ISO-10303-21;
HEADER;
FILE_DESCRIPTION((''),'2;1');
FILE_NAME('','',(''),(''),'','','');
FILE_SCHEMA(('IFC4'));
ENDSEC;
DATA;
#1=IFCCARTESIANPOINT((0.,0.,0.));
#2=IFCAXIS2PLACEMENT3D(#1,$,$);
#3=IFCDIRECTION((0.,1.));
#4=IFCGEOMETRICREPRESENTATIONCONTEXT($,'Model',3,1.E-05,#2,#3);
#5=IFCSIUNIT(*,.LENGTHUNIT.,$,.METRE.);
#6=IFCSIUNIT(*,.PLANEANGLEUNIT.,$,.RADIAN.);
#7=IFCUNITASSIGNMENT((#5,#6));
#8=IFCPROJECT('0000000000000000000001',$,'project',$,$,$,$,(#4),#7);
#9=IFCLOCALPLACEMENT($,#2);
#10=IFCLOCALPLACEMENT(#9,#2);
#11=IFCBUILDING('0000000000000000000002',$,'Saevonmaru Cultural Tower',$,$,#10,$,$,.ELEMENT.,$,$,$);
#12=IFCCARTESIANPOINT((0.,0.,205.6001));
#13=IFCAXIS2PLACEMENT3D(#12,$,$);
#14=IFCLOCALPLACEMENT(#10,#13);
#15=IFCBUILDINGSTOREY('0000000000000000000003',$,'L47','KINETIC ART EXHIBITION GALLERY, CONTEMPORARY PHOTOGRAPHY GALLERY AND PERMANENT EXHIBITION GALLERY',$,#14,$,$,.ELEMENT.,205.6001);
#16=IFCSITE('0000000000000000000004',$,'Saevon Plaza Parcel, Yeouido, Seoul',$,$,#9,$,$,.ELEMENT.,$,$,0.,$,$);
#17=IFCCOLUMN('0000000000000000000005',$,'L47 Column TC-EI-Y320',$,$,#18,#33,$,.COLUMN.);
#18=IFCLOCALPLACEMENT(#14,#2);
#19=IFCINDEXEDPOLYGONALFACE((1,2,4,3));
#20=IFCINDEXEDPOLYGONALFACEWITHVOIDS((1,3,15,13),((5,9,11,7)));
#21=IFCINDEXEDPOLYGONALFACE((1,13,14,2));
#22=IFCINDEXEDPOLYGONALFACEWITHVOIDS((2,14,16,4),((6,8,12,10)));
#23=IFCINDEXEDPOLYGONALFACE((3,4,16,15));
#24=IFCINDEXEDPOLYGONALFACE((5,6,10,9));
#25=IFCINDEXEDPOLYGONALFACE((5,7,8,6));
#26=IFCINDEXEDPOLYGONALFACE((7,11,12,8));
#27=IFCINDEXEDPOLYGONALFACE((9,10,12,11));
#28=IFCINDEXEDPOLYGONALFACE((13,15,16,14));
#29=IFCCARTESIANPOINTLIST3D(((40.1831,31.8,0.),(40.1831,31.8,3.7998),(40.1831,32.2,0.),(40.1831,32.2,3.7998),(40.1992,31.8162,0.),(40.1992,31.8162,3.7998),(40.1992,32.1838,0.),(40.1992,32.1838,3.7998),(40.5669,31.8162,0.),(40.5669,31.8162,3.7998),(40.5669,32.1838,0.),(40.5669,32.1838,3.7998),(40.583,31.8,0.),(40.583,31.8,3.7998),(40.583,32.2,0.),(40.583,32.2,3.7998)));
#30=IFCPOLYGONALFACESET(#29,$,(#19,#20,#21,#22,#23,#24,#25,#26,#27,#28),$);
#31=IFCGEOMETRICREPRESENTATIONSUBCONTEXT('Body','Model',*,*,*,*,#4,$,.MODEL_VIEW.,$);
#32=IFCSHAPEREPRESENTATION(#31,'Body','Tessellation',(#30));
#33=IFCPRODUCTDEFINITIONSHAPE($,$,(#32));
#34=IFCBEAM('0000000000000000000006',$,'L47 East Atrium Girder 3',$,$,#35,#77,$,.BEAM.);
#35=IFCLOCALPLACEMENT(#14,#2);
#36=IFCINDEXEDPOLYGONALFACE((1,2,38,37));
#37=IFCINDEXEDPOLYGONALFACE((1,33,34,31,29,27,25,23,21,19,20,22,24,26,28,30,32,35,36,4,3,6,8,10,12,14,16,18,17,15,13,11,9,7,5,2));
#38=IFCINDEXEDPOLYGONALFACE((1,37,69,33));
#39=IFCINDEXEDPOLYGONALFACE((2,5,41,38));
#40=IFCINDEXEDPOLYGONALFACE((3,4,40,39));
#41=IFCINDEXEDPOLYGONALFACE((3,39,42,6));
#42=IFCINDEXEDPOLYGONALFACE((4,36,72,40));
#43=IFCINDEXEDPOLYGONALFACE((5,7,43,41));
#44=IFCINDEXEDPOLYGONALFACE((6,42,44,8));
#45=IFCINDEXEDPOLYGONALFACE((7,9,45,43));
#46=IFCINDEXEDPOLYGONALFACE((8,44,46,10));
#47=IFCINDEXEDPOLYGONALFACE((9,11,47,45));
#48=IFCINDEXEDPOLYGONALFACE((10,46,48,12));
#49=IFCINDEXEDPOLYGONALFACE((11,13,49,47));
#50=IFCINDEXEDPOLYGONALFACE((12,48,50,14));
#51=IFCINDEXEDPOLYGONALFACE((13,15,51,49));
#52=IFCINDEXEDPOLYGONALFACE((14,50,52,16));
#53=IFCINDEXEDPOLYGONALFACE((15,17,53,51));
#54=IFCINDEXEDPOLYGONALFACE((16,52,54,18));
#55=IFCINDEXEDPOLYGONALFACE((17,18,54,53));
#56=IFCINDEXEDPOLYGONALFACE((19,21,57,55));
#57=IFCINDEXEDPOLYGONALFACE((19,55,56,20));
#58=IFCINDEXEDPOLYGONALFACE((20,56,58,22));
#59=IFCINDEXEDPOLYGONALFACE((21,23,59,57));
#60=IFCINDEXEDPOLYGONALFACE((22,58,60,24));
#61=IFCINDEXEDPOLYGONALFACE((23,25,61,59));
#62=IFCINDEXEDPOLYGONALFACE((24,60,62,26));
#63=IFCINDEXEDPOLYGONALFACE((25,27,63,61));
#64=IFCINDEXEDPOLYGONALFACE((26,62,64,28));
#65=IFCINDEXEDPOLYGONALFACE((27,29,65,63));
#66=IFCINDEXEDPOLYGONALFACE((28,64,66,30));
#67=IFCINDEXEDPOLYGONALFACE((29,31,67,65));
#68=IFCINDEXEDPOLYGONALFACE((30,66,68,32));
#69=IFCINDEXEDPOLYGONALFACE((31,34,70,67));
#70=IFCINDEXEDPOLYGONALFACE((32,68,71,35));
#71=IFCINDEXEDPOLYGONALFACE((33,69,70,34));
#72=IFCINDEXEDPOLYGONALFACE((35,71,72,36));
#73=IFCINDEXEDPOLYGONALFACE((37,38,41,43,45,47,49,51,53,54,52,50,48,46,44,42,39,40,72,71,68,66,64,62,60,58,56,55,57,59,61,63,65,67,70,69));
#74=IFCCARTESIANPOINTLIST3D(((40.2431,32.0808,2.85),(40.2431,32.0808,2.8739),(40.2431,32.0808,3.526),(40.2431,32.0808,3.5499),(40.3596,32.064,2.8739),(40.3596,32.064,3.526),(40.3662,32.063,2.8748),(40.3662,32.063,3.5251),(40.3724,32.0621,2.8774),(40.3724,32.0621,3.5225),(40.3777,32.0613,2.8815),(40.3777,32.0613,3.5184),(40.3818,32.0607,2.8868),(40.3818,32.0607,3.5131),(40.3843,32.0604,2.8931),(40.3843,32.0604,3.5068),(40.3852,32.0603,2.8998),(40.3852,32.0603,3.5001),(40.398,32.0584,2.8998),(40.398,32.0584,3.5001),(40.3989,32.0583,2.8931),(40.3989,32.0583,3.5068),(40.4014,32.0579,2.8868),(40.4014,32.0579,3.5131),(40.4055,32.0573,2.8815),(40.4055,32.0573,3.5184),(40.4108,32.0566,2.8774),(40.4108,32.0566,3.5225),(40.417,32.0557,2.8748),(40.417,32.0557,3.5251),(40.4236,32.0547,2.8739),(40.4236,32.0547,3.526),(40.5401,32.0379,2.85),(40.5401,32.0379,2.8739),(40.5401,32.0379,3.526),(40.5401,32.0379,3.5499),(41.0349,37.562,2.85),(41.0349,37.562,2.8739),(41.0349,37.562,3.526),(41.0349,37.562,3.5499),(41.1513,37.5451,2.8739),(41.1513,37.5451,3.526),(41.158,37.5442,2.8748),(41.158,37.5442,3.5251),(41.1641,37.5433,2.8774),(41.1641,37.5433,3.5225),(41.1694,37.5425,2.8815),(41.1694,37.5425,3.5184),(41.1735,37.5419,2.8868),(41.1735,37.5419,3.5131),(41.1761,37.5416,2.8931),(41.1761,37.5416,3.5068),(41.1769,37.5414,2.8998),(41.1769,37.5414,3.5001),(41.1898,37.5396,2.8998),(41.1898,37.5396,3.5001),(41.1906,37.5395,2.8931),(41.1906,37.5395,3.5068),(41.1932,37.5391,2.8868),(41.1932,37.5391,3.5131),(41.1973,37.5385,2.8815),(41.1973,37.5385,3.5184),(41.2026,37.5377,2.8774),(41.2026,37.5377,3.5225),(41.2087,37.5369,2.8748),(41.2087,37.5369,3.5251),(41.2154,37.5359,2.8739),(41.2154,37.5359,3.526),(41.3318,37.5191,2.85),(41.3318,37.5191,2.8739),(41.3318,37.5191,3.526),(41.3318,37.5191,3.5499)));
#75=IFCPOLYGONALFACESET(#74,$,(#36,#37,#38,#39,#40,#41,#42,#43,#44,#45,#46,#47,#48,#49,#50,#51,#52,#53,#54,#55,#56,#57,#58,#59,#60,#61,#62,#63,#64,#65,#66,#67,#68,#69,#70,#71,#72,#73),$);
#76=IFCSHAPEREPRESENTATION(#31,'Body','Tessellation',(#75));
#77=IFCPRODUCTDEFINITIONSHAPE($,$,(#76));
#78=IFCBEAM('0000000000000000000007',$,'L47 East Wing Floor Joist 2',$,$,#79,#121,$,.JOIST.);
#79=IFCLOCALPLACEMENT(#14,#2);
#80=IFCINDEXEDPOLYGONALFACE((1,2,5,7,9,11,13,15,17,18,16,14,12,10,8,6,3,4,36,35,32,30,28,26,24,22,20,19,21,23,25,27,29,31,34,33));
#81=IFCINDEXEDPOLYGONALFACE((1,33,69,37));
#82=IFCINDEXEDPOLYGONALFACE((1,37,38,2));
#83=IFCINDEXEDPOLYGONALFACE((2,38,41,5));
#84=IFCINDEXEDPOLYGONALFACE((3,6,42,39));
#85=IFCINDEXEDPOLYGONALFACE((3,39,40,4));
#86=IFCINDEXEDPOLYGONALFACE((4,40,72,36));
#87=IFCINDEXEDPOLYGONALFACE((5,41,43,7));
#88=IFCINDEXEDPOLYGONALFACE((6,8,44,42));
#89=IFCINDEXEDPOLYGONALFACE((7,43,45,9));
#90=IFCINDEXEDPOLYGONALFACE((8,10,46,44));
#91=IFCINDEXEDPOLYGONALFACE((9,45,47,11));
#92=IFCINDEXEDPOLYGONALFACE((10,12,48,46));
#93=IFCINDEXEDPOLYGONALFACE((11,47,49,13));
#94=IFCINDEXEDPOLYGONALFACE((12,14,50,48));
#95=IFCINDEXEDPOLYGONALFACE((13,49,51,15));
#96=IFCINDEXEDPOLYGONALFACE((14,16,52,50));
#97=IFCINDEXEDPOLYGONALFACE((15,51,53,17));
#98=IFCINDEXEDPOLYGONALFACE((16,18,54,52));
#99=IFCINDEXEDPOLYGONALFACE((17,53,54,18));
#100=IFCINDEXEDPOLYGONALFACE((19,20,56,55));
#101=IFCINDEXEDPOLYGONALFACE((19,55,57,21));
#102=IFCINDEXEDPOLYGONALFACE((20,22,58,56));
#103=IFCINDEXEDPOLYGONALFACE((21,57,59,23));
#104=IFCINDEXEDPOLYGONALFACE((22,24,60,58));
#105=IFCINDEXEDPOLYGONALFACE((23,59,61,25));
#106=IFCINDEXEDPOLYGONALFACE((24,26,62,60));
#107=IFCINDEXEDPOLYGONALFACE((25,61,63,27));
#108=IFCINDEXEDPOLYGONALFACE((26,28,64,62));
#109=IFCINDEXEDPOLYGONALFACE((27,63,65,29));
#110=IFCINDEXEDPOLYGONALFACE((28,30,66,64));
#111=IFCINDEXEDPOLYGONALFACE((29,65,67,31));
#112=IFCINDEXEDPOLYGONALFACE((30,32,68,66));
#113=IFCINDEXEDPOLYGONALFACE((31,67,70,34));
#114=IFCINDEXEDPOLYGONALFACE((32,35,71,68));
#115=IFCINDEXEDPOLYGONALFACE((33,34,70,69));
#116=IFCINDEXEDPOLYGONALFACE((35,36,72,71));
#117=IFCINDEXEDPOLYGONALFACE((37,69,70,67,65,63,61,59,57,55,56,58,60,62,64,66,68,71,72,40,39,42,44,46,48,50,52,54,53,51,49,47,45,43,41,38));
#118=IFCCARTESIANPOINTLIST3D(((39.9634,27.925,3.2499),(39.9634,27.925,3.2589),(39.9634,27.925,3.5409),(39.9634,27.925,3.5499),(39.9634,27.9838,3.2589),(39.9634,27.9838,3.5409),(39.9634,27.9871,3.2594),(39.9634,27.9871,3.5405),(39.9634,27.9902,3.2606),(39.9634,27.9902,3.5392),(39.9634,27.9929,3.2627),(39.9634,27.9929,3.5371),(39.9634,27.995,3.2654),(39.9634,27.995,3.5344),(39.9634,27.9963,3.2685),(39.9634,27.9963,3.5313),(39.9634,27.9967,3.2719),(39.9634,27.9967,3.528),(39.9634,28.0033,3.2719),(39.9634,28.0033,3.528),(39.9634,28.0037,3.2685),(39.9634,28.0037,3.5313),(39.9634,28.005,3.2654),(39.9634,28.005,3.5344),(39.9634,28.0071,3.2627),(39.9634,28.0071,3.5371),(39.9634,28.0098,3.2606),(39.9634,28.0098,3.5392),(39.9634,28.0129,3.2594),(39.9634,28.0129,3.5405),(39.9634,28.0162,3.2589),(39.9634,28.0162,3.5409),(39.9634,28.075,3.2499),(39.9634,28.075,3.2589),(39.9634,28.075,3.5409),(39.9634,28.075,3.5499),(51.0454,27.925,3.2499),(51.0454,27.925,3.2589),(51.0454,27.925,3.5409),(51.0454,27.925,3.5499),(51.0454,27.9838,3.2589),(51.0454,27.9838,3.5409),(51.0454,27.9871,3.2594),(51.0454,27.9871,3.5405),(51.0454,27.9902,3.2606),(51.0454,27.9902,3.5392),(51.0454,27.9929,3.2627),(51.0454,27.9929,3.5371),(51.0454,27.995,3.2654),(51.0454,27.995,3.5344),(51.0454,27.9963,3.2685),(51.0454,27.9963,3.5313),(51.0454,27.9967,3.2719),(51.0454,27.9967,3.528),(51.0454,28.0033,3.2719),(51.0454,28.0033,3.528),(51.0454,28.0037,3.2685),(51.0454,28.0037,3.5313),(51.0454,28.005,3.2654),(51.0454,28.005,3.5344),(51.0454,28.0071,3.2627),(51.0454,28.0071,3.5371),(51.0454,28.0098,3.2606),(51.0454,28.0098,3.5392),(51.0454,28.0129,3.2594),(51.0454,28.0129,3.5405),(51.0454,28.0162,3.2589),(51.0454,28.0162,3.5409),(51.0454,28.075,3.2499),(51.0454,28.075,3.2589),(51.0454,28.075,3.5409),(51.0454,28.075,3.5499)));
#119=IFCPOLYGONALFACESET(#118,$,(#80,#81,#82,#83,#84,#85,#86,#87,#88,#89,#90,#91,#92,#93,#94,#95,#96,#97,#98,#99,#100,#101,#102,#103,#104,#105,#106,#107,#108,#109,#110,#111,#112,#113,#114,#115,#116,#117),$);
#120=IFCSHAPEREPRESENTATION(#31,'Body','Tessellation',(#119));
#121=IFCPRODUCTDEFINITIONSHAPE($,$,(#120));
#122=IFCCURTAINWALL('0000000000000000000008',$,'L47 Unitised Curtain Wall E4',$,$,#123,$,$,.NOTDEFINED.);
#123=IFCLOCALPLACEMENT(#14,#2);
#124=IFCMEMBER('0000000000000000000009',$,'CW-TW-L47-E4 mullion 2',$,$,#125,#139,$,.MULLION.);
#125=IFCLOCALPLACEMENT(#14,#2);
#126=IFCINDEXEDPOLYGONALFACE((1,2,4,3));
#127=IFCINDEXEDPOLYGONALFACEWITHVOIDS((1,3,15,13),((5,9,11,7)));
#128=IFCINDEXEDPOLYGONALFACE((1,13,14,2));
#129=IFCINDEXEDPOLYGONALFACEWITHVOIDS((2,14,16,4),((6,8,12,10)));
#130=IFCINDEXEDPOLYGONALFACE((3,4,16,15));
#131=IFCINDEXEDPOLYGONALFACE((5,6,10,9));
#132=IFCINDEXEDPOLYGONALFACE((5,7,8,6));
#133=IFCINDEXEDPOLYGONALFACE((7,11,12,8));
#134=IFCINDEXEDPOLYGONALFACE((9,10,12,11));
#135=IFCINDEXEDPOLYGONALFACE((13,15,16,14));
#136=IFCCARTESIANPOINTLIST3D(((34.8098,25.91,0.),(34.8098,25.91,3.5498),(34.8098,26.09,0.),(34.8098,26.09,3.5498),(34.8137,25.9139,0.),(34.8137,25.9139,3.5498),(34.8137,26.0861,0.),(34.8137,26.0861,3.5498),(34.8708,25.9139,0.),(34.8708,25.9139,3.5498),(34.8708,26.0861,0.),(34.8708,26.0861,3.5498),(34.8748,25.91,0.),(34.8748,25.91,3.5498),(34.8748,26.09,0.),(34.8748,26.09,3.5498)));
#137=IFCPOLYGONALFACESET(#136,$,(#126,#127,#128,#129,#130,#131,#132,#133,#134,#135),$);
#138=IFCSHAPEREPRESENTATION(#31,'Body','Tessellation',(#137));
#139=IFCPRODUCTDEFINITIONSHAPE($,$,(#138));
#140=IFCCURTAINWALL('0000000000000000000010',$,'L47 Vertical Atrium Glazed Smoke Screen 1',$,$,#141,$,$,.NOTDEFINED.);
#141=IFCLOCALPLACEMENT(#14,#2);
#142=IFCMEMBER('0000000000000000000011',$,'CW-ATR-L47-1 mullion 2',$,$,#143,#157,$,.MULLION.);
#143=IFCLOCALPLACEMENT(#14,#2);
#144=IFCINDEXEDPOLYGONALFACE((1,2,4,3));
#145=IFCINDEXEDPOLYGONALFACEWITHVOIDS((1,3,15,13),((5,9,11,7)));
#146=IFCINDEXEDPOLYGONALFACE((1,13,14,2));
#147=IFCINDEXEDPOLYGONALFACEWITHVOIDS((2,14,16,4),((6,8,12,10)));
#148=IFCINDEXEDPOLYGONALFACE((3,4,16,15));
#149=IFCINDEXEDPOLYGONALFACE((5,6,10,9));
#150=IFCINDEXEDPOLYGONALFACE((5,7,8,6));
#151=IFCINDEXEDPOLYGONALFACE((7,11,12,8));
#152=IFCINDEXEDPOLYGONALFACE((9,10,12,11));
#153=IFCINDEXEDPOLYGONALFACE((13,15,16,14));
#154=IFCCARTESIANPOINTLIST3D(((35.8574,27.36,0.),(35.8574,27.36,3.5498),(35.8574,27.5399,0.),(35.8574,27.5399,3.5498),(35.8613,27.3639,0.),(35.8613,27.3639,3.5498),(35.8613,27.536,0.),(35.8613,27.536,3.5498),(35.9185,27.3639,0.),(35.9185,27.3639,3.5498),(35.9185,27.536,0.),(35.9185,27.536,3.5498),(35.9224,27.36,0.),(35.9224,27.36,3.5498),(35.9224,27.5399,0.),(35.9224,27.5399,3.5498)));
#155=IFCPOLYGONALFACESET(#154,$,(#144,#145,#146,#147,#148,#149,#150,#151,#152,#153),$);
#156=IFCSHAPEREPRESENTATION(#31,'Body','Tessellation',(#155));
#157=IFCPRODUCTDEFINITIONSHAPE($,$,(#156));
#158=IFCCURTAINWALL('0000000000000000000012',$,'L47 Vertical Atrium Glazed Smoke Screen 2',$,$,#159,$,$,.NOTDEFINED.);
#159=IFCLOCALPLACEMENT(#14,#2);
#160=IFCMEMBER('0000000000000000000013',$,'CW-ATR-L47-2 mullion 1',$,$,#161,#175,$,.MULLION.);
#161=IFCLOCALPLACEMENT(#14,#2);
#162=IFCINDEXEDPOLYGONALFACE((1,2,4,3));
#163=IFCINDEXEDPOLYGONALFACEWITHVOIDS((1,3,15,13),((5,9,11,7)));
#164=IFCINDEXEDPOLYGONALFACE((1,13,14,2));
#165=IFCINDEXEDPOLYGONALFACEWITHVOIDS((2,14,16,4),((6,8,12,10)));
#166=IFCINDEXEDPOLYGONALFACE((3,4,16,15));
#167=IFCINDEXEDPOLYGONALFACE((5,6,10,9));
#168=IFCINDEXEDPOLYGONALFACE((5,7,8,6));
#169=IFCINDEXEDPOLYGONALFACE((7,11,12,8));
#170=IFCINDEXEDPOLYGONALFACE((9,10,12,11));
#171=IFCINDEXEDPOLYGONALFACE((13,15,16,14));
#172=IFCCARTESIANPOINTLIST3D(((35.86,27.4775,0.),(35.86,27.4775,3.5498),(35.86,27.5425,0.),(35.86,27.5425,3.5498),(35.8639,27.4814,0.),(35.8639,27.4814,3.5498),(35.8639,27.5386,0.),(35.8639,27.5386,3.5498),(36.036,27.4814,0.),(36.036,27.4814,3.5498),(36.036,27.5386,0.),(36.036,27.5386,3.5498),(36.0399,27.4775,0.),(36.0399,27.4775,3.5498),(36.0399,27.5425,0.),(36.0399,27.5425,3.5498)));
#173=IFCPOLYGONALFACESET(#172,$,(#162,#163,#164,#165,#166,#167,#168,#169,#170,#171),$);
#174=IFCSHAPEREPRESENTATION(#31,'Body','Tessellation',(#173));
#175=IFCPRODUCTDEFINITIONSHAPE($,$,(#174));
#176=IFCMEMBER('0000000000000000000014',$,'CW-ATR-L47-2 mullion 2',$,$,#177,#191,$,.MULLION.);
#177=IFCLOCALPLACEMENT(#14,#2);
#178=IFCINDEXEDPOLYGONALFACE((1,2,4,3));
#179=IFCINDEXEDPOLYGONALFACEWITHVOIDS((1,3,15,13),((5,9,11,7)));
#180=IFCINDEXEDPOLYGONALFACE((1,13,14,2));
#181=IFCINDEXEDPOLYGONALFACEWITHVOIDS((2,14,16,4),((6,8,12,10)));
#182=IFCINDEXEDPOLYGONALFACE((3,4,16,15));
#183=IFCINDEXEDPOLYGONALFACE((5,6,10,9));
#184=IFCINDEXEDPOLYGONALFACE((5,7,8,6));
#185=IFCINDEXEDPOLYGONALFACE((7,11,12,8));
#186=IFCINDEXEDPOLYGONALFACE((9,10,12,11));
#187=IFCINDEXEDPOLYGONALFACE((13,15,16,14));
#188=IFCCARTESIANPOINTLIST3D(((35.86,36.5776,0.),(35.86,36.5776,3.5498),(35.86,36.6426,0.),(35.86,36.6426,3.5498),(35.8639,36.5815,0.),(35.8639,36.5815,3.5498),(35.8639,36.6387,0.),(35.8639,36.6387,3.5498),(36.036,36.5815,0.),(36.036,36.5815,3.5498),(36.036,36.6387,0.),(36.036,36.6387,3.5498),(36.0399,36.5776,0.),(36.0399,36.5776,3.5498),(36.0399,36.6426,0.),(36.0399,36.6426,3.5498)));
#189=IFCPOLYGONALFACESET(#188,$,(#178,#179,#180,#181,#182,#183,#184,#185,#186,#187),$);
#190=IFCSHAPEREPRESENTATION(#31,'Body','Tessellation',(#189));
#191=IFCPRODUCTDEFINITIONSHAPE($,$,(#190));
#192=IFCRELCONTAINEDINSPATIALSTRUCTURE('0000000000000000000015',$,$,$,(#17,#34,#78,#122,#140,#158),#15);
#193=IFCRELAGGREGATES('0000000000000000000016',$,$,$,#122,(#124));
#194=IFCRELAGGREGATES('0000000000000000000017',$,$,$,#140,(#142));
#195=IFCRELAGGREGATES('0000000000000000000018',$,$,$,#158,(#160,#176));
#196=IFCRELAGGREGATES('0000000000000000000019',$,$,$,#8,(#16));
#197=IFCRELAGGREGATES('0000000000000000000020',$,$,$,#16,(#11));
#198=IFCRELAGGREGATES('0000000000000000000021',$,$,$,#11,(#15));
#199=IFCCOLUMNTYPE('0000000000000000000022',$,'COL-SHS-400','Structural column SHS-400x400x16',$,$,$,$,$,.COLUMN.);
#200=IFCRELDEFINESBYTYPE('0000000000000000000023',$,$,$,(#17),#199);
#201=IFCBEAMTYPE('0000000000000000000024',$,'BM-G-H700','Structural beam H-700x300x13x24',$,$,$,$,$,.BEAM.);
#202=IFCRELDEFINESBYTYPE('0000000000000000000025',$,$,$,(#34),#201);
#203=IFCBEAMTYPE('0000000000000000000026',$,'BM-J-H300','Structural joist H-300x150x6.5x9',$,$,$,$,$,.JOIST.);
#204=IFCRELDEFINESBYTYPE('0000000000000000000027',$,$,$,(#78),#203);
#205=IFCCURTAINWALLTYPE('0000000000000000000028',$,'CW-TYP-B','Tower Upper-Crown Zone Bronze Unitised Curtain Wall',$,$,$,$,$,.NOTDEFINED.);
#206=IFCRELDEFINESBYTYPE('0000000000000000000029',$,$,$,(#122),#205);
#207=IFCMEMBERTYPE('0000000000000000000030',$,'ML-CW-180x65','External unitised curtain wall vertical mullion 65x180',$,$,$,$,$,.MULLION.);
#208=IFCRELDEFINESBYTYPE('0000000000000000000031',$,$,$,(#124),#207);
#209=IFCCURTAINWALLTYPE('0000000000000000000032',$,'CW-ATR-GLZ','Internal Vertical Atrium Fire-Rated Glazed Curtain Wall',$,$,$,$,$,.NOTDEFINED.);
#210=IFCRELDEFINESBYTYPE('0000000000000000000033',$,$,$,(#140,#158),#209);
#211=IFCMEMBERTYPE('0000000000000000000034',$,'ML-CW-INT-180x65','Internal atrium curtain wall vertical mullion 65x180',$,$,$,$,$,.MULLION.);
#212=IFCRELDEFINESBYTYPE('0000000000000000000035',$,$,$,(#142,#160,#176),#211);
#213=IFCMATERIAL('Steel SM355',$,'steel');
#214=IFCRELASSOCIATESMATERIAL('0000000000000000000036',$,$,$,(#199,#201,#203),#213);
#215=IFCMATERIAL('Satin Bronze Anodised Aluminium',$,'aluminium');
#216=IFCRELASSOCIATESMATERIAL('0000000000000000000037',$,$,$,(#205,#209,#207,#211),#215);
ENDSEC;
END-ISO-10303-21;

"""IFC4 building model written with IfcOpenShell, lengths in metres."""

from ifc_helpers import new_model, si_unit, direction, frame, origin, origin_2d, place, context, subcontext, project, spatial, hollow_rectangle, i_section, extrude, material, material_profile, profile_set, type_object, element, aggregate, save


model = new_model("IFC4")

# Units and contexts
model_context = context("Model", 3, precision=1e-05, world=origin(), true_north=direction((0.0, 1.0)))
body_context = subcontext(model_context, "Body", "Model", "MODEL_VIEW")
ifc_project = project(units=[si_unit("LENGTHUNIT", "METRE"), si_unit("PLANEANGLEUNIT", "RADIAN")], contexts=[model_context])

# Site, building, storey
site_placement = place(None, origin())
site = spatial("IfcSite", under=ifc_project, at=site_placement, Name="Saevon Plaza Parcel, Yeouido, Seoul", CompositionType="ELEMENT", RefElevation=0.0)
building_placement = place(site_placement, origin())
building = spatial("IfcBuilding", under=site, at=building_placement, Name="Saevonmaru Cultural Tower", CompositionType="ELEMENT")
storey_placement = place(building_placement, frame((0.0, 0.0, 205.6001)))
storey = spatial("IfcBuildingStorey", under=building, at=storey_placement, Name="L47", Description="KINETIC ART EXHIBITION GALLERY, CONTEMPORARY PHOTOGRAPHY GALLERY AND PERMANENT EXHIBITION GALLERY", CompositionType="ELEMENT", Elevation=205.6001)

# Column
ifc_material_1 = material(Name="Steel SM355", Category="steel")
ifc_material_profile_1 = material_profile(ifc_material_1, hollow_rectangle(XDim=0.3999, YDim=0.3999, WallThickness=0.0161, at=origin_2d()), Name="SHS-400x400x16")
ifc_profile_set_1 = profile_set([ifc_material_profile_1], Name="Steel SM355")
column_type = type_object("IfcColumnType", Name="COL-SHS-400", Description="Structural column SHS-400x400x16", PredefinedType="COLUMN", material=ifc_profile_set_1)
column_placement = place(storey_placement, frame((40.3831, 32.0, 0.0), z_axis=(0.0, 0.0, 1.0), x_axis=(1.0, 0.0, 0.0)))
element("IfcColumn", 1, at=column_placement, inside=storey, type_object=column_type, Name="L47 Column TC-EI-Y320", PredefinedType="COLUMN", context=body_context, shape_type="SweptSolid", body=[
    extrude(hollow_rectangle(XDim=0.3999, YDim=0.3999, WallThickness=0.0161, at=origin_2d()), origin(), (0.0, 0.0, 1.0), 3.7998),
])

# Beams
ifc_material_profile_2 = material_profile(ifc_material_1, i_section(OverallWidth=0.3, OverallDepth=0.7, WebThickness=0.0129, FlangeThickness=0.0239, FilletRadius=0.0259, at=origin_2d()), Name="H-700x300x13x24")
ifc_profile_set_2 = profile_set([ifc_material_profile_2], Name="Steel SM355")
beam_type_1 = type_object("IfcBeamType", Name="BM-G-H700", Description="Structural beam H-700x300x13x24", PredefinedType="BEAM", material=ifc_profile_set_2)
beam_1_placement = place(storey_placement, frame((40.3916, 32.0593, 3.2), z_axis=(0.142964, 0.989728, 0.0), x_axis=(-0.989728, 0.142964, 0.0)))
element("IfcBeam", 2, at=beam_1_placement, inside=storey, type_object=beam_type_1, Name="L47 East Atrium Girder 3", PredefinedType="BEAM", context=body_context, shape_type="SweptSolid", body=[
    extrude(i_section(OverallWidth=0.3, OverallDepth=0.7, WebThickness=0.0129, FlangeThickness=0.0239, FilletRadius=0.0259, at=origin_2d()), origin(), (0.0, 0.0, 1.0), 5.5381),
])
ifc_material_profile_3 = material_profile(ifc_material_1, i_section(OverallWidth=0.1499, OverallDepth=0.3, WebThickness=0.0066, FlangeThickness=0.009, FilletRadius=0.0129, at=origin_2d()), Name="H-300x150x6.5x9")
ifc_profile_set_3 = profile_set([ifc_material_profile_3], Name="Steel SM355")
beam_type_2 = type_object("IfcBeamType", Name="BM-J-H300", Description="Structural joist H-300x150x6.5x9", PredefinedType="JOIST", material=ifc_profile_set_3)
beam_2_placement = place(storey_placement, frame((39.9634, 28.0, 3.3999), z_axis=(1.0, 0.0, 0.0), x_axis=(0.0, 1.0, 0.0)))
element("IfcBeam", 3, at=beam_2_placement, inside=storey, type_object=beam_type_2, Name="L47 East Wing Floor Joist 2", PredefinedType="JOIST", context=body_context, shape_type="SweptSolid", body=[
    extrude(i_section(OverallWidth=0.1499, OverallDepth=0.3, WebThickness=0.0066, FlangeThickness=0.009, FilletRadius=0.0129, at=origin_2d()), origin(), (0.0, 0.0, 1.0), 11.082),
])

# Curtain walls, members
ifc_material_2 = material(Name="Satin Bronze Anodised Aluminium", Category="aluminium")
curtain_wall_type_1 = type_object("IfcCurtainWallType", Name="CW-TYP-B", Description="Tower Upper-Crown Zone Bronze Unitised Curtain Wall", PredefinedType="NOTDEFINED", material=ifc_material_2)
curtain_wall_1_placement = place(storey_placement, origin())
curtain_wall_1 = element("IfcCurtainWall", 4, at=curtain_wall_1_placement, inside=storey, type_object=curtain_wall_type_1, Name="L47 Unitised Curtain Wall E4", PredefinedType="NOTDEFINED")
ifc_material_profile_4 = material_profile(ifc_material_2, hollow_rectangle(XDim=0.0649, YDim=0.1799, WallThickness=0.0039, at=origin_2d()), Name="ALU-MULL-180x65x4")
ifc_profile_set_4 = profile_set([ifc_material_profile_4], Name="Satin Bronze Anodised Aluminium")
member_type_1 = type_object("IfcMemberType", Name="ML-CW-180x65", Description="External unitised curtain wall vertical mullion 65x180", PredefinedType="MULLION", material=ifc_profile_set_4)
member_1_placement = place(storey_placement, frame((34.8423, 26.0, 0.0), z_axis=(0.0, 0.0, 1.0), x_axis=(1.0, 0.0, 0.0)))
member_1 = element("IfcMember", 5, at=member_1_placement, type_object=member_type_1, Name="CW-TW-L47-E4 mullion 2", PredefinedType="MULLION", context=body_context, shape_type="SweptSolid", body=[
    extrude(hollow_rectangle(XDim=0.0649, YDim=0.1799, WallThickness=0.0039, at=origin_2d()), origin(), (0.0, 0.0, 1.0), 3.5498),
])
aggregate(curtain_wall_1, [member_1])
curtain_wall_type_2 = type_object("IfcCurtainWallType", Name="CW-ATR-GLZ", Description="Internal Vertical Atrium Fire-Rated Glazed Curtain Wall", PredefinedType="NOTDEFINED", material=ifc_material_2)
curtain_wall_2_placement = place(storey_placement, origin())
curtain_wall_2 = element("IfcCurtainWall", 6, at=curtain_wall_2_placement, inside=storey, type_object=curtain_wall_type_2, Name="L47 Vertical Atrium Glazed Smoke Screen 1", PredefinedType="NOTDEFINED")
ifc_material_profile_5 = material_profile(ifc_material_2, hollow_rectangle(XDim=0.0649, YDim=0.1799, WallThickness=0.0039, at=origin_2d()), Name="ALU-MULL-180x65x4")
ifc_profile_set_5 = profile_set([ifc_material_profile_5], Name="Satin Bronze Anodised Aluminium")
member_type_2 = type_object("IfcMemberType", Name="ML-CW-INT-180x65", Description="Internal atrium curtain wall vertical mullion 65x180", PredefinedType="MULLION", material=ifc_profile_set_5)
member_2_placement = place(storey_placement, frame((35.8899, 27.45, 0.0), z_axis=(0.0, 0.0, 1.0), x_axis=(1.0, 0.0, 0.0)))
member_2 = element("IfcMember", 7, at=member_2_placement, type_object=member_type_2, Name="CW-ATR-L47-1 mullion 2", PredefinedType="MULLION", context=body_context, shape_type="SweptSolid", body=[
    extrude(hollow_rectangle(XDim=0.0649, YDim=0.1799, WallThickness=0.0039, at=origin_2d()), origin(), (0.0, 0.0, 1.0), 3.5498),
])

# Curtain wall, members
curtain_wall_3_placement = place(storey_placement, origin())
curtain_wall_3 = element("IfcCurtainWall", 8, at=curtain_wall_3_placement, inside=storey, type_object=curtain_wall_type_2, Name="L47 Vertical Atrium Glazed Smoke Screen 2", PredefinedType="NOTDEFINED")
member_3_placement = place(storey_placement, frame((35.95, 27.51, 0.0), z_axis=(0.0, 0.0, 1.0), x_axis=(0.0, 1.0, 0.0)))
member_3 = element("IfcMember", 9, at=member_3_placement, type_object=member_type_2, Name="CW-ATR-L47-2 mullion 1", PredefinedType="MULLION", context=body_context, shape_type="SweptSolid", body=[
    extrude(hollow_rectangle(XDim=0.0649, YDim=0.1799, WallThickness=0.0039, at=origin_2d()), origin(), (0.0, 0.0, 1.0), 3.5498),
])
member_4_placement = place(storey_placement, frame((35.95, 36.6101, 0.0), z_axis=(0.0, 0.0, 1.0), x_axis=(0.0, 1.0, 0.0)))
member_4 = element("IfcMember", 10, at=member_4_placement, type_object=member_type_2, Name="CW-ATR-L47-2 mullion 2", PredefinedType="MULLION", context=body_context, shape_type="SweptSolid", body=[
    extrude(hollow_rectangle(XDim=0.0649, YDim=0.1799, WallThickness=0.0039, at=origin_2d()), origin(), (0.0, 0.0, 1.0), 3.5498),
])

aggregate(curtain_wall_2, [member_2])
aggregate(curtain_wall_3, [member_3, member_4])

save(model, "model.ifc")
